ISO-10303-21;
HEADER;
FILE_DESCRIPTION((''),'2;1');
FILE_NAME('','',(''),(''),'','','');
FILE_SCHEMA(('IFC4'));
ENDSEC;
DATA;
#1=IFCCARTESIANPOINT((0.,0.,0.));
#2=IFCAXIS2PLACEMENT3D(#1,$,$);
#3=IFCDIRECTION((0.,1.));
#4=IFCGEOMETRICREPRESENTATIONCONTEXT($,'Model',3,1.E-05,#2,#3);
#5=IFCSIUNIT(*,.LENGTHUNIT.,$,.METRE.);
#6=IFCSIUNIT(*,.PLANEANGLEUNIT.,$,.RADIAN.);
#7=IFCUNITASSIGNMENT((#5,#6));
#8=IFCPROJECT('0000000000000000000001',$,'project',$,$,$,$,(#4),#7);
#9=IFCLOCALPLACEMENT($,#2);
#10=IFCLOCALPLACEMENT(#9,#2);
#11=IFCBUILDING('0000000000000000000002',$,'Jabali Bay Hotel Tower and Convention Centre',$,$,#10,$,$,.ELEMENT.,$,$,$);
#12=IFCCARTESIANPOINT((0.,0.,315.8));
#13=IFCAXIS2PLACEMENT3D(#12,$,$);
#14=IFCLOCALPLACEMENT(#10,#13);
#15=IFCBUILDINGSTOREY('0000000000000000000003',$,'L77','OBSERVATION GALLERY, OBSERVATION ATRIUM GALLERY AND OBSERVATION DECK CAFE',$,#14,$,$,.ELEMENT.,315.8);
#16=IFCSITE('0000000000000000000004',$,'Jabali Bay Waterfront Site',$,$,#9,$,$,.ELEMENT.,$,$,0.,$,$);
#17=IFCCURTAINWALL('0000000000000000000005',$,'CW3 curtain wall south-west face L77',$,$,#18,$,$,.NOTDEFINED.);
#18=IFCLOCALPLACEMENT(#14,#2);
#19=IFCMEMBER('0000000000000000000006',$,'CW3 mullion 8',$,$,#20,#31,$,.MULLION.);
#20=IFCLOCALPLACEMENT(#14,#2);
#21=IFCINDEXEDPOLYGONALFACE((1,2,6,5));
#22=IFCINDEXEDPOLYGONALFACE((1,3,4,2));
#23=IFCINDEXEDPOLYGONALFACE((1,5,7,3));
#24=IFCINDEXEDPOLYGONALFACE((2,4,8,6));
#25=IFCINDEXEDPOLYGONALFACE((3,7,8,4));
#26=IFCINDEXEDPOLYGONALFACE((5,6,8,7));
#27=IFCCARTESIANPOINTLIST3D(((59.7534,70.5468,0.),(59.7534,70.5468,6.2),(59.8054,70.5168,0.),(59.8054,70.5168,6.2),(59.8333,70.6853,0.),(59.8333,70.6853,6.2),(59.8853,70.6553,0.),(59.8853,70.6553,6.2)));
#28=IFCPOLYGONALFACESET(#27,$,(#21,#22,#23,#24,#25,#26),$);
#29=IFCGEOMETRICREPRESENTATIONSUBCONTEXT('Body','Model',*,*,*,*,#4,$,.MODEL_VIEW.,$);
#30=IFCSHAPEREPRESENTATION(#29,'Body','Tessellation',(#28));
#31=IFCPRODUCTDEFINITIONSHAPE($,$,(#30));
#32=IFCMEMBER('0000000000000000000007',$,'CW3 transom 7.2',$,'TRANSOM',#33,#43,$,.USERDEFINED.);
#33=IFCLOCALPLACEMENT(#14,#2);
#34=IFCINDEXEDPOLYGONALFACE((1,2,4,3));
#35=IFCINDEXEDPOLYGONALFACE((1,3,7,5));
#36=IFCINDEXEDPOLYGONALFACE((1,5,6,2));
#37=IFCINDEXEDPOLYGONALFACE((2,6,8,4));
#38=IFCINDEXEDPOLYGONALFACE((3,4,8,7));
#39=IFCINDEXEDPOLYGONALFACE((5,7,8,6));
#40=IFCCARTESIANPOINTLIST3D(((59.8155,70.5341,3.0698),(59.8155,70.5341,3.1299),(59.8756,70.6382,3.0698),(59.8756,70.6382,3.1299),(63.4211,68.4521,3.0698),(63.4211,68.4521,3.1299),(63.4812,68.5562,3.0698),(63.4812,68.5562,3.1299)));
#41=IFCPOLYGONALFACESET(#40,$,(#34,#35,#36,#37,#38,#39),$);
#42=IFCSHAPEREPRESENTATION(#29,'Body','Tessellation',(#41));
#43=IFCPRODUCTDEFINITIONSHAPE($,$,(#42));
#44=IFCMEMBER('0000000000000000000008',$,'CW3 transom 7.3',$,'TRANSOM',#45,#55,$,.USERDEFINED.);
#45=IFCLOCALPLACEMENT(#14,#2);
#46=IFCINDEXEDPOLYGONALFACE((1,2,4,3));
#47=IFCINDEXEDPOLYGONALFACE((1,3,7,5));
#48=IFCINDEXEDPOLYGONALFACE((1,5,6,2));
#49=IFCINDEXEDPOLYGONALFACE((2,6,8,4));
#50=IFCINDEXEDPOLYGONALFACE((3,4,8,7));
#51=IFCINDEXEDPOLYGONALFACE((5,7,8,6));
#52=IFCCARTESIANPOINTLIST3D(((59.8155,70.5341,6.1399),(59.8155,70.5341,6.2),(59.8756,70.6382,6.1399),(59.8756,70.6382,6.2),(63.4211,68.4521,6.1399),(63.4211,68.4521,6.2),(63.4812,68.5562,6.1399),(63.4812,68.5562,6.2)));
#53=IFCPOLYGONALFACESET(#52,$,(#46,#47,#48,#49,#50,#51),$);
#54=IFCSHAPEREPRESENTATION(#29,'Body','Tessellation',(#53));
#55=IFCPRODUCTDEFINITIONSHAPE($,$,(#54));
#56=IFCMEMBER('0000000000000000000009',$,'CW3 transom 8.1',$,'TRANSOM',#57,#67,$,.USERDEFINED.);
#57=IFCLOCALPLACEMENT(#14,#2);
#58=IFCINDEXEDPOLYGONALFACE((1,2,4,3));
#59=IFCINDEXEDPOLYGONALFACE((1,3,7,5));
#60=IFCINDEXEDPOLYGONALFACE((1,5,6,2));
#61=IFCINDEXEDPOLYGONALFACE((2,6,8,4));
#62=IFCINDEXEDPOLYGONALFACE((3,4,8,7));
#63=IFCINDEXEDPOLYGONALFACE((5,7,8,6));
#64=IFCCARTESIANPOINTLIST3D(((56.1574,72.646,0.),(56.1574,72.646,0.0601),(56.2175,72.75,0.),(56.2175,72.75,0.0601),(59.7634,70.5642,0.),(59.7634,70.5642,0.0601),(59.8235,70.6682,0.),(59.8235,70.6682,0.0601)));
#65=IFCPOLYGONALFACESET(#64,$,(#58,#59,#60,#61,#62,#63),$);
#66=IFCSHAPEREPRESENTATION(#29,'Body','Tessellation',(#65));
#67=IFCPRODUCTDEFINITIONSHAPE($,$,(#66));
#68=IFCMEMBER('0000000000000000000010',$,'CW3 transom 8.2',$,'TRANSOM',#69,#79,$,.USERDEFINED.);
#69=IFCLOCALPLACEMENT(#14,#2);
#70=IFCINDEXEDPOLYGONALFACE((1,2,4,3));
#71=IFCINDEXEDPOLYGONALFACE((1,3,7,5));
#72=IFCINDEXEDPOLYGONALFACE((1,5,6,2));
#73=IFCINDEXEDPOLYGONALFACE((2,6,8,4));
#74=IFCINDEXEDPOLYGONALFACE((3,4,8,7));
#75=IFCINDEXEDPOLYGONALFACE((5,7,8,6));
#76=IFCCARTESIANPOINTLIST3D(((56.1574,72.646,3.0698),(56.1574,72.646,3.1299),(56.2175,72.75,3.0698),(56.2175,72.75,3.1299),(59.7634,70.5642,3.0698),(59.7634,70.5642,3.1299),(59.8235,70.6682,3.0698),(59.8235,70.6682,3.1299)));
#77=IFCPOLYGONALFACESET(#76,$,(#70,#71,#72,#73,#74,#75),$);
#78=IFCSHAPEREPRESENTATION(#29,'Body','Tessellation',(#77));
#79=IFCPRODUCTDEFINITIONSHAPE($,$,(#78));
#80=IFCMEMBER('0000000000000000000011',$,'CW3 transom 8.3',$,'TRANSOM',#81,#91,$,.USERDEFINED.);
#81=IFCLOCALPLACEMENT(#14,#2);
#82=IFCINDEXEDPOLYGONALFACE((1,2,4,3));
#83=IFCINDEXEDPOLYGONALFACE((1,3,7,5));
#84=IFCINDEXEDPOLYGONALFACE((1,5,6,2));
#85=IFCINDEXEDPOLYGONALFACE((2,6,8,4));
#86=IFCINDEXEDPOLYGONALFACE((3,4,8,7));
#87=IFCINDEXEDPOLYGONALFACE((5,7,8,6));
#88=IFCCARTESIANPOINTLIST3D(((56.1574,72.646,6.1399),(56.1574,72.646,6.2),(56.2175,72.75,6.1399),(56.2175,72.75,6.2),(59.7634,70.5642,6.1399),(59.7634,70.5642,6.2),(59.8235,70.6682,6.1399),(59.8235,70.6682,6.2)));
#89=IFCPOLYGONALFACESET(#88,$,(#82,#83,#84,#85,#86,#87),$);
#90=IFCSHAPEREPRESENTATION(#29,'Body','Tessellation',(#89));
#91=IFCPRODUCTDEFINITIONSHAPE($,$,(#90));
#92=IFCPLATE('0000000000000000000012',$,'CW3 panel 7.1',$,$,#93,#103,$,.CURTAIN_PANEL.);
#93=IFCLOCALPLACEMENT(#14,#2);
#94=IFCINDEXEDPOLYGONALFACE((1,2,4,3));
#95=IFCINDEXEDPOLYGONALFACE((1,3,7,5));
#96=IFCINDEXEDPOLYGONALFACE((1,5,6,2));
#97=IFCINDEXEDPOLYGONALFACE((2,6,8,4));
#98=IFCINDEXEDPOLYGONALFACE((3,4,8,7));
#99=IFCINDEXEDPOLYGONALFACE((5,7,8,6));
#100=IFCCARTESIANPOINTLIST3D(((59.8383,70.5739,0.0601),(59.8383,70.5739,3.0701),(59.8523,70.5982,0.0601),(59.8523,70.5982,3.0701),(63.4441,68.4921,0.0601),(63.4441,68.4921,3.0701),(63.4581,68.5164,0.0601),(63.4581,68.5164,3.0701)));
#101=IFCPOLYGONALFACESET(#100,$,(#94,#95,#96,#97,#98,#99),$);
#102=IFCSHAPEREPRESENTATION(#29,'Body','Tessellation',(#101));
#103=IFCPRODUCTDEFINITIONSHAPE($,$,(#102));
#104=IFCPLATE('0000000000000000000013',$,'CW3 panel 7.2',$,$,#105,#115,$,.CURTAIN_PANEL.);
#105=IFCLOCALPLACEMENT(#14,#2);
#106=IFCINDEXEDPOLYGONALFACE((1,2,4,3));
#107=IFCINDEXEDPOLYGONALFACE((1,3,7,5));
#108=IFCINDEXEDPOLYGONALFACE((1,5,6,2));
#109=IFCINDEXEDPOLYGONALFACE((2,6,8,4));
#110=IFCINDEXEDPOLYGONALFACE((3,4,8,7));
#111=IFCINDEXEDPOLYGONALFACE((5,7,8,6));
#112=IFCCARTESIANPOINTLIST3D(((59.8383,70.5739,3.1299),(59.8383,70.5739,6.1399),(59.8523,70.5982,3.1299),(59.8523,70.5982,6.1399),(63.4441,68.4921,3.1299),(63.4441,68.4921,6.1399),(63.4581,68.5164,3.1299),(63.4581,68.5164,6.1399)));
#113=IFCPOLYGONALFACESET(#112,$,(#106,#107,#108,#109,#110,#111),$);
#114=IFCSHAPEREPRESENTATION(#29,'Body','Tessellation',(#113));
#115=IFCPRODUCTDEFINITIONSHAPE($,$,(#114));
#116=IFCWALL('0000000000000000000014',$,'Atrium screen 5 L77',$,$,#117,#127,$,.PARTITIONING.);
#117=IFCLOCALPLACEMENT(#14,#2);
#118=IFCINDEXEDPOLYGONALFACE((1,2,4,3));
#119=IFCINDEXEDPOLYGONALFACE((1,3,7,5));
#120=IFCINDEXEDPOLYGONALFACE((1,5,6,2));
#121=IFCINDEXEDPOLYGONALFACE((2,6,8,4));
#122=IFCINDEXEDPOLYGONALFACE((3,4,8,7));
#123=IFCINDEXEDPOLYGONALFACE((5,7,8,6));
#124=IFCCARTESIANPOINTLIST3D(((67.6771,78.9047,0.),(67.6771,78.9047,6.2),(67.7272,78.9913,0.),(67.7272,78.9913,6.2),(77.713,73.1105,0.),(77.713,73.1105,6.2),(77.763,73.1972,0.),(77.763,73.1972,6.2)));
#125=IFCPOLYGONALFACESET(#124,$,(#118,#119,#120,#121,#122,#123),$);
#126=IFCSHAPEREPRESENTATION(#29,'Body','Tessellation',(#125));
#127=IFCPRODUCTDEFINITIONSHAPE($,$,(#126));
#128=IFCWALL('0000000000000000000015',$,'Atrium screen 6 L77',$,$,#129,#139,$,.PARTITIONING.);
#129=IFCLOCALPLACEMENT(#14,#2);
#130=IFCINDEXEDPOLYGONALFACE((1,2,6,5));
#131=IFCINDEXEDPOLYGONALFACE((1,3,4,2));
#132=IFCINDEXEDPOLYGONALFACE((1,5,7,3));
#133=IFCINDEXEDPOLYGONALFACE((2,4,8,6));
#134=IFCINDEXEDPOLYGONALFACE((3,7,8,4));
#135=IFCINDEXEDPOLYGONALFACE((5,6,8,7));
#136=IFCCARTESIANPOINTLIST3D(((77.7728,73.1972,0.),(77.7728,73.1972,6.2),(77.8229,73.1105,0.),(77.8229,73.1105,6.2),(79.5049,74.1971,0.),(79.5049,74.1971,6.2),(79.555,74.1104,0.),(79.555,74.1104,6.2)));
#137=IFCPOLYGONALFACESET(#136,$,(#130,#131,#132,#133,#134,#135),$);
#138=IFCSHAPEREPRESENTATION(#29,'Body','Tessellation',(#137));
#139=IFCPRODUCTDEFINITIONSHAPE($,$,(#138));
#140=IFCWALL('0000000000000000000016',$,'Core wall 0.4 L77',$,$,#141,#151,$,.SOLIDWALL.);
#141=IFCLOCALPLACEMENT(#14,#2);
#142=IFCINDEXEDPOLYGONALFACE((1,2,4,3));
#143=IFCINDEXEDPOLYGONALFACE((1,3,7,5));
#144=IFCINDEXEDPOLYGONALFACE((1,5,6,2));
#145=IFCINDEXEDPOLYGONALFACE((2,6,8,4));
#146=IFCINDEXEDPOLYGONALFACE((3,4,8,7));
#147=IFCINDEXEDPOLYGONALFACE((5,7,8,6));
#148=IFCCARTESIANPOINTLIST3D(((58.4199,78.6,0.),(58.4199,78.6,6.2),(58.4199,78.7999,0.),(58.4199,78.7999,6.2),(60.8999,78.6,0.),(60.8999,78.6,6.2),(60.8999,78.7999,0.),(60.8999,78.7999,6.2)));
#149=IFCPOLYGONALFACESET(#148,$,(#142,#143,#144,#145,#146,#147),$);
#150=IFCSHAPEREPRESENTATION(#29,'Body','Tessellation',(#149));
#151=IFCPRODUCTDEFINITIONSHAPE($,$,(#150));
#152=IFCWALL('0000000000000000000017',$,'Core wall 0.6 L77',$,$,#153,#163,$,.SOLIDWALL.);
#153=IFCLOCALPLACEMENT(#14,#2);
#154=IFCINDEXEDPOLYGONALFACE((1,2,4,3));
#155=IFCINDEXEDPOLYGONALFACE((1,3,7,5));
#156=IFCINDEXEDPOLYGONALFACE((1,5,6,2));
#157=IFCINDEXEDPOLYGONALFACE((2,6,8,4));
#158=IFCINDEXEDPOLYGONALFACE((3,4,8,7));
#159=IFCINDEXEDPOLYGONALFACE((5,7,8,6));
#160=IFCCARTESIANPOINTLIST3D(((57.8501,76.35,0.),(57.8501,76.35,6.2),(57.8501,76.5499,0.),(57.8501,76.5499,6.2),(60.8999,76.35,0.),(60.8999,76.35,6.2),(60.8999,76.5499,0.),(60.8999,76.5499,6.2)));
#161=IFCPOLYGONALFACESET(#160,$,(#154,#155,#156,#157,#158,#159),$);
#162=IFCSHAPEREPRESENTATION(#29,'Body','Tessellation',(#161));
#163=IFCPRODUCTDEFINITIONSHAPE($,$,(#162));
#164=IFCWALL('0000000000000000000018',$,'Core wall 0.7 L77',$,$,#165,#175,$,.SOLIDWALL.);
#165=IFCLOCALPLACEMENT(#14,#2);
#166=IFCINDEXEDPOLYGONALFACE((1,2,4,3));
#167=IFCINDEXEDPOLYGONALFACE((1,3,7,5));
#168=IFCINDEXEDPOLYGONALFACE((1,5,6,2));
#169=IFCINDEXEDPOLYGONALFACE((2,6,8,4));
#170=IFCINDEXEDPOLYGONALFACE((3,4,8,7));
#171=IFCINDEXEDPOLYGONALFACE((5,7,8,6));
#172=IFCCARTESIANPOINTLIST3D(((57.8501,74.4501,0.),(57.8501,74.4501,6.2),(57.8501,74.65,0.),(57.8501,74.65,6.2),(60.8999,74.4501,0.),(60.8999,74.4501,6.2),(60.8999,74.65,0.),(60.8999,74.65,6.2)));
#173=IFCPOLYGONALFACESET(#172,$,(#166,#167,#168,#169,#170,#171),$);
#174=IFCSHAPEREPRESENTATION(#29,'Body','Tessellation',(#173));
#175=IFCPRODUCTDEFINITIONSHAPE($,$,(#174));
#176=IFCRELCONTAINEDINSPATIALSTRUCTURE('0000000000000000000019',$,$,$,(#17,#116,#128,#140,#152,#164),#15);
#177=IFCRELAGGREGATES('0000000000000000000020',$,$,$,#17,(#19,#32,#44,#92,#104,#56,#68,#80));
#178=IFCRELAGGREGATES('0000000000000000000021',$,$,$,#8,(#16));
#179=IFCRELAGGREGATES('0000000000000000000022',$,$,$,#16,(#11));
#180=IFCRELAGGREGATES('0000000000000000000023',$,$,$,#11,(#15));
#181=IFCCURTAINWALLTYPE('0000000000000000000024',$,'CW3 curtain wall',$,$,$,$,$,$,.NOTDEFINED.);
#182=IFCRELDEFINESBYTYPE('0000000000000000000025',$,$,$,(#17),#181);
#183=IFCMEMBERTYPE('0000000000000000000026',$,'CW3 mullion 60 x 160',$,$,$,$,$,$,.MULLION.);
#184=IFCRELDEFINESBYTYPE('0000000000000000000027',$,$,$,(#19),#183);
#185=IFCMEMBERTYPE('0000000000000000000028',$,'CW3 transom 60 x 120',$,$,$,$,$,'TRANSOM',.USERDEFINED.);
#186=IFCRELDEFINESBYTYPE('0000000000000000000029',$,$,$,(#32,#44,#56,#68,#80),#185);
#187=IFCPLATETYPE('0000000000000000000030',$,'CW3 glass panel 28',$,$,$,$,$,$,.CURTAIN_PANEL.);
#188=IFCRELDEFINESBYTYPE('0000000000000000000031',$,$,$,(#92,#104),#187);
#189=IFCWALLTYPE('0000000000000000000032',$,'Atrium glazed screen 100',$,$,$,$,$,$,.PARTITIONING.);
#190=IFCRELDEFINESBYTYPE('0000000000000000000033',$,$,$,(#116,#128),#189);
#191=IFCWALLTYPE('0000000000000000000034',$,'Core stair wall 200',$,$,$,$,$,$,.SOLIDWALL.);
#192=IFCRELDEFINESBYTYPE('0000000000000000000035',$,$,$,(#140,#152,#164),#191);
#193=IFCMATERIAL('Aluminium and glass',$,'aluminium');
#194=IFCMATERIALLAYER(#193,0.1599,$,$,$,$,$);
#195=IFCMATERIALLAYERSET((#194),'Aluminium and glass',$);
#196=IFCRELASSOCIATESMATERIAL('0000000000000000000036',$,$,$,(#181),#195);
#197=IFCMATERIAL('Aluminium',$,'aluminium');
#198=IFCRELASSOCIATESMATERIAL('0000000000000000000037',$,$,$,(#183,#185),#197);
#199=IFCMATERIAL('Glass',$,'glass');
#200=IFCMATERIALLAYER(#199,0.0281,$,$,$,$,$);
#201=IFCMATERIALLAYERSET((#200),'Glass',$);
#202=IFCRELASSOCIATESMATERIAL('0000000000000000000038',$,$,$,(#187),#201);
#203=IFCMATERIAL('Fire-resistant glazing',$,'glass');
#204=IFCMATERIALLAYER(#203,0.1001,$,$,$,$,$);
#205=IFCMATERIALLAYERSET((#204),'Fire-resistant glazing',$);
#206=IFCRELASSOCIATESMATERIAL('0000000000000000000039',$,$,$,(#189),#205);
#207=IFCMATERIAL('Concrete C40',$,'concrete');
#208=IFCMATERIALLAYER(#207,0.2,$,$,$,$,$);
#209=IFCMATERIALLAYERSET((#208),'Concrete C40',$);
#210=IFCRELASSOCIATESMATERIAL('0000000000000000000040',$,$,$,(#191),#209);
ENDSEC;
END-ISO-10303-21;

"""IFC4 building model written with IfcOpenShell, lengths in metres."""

from ifc_helpers import new_model, si_unit, direction, frame, frame_2d, origin, origin_2d, place, context, subcontext, project, spatial, rectangle, extrude, material, layer, layer_set, material_profile, profile_set, type_object, element, aggregate, save


model = new_model("IFC4")

# Units and contexts
model_context = context("Model", 3, precision=1e-05, world=origin(), true_north=direction((0.0, 1.0)))
body_context = subcontext(model_context, "Body", "Model", "MODEL_VIEW")
ifc_project = project(units=[si_unit("LENGTHUNIT", "METRE"), si_unit("PLANEANGLEUNIT", "RADIAN")], contexts=[model_context])

# Site, building, storey
site_placement = place(None, origin())
site = spatial("IfcSite", under=ifc_project, at=site_placement, Name="Jabali Bay Waterfront Site", CompositionType="ELEMENT", RefElevation=0.0)
building_placement = place(site_placement, origin())
building = spatial("IfcBuilding", under=site, at=building_placement, Name="Jabali Bay Hotel Tower and Convention Centre", CompositionType="ELEMENT")
storey_placement = place(building_placement, frame((0.0, 0.0, 315.8)))
storey = spatial("IfcBuildingStorey", under=building, at=storey_placement, Name="L77", Description="OBSERVATION GALLERY, OBSERVATION ATRIUM GALLERY AND OBSERVATION DECK CAFE", CompositionType="ELEMENT", Elevation=315.8)

# Curtain wall, members, plates
ifc_material_1 = material(Name="Aluminium and glass", Category="aluminium")
ifc_layer_1 = layer(ifc_material_1, 0.1599)
ifc_layer_set_1 = layer_set([ifc_layer_1], Name="Aluminium and glass")
curtain_wall_type = type_object("IfcCurtainWallType", Name="CW3 curtain wall", PredefinedType="NOTDEFINED", material=ifc_layer_set_1)
curtain_wall_placement = place(storey_placement, origin())
curtain_wall = element("IfcCurtainWall", 1, at=curtain_wall_placement, inside=storey, type_object=curtain_wall_type, Name="CW3 curtain wall south-west face L77", PredefinedType="NOTDEFINED")
ifc_material_2 = material(Name="Aluminium", Category="aluminium")
ifc_material_profile_1 = material_profile(ifc_material_2, rectangle(XDim=0.1599, YDim=0.0601, at=origin_2d()), Name="CW3 mullion 60 x 160")
ifc_profile_set_1 = profile_set([ifc_material_profile_1], Name="Aluminium")
member_type_1 = type_object("IfcMemberType", Name="CW3 mullion 60 x 160", PredefinedType="MULLION", material=ifc_profile_set_1)
member_1_placement = place(storey_placement, frame((59.8193, 70.6011, 0.0), z_axis=(0.0, 0.0, 1.0), x_axis=(-0.5, -0.866025, 0.0)))
member_1 = element("IfcMember", 2, at=member_1_placement, type_object=member_type_1, Name="CW3 mullion 8", PredefinedType="MULLION", context=body_context, shape_type="SweptSolid", body=[
    extrude(rectangle(XDim=0.1599, YDim=0.0601, at=origin_2d()), origin(), (0.0, 0.0, 1.0), 6.2),
])
ifc_material_profile_2 = material_profile(ifc_material_2, rectangle(XDim=0.1201, YDim=0.0601, at=origin_2d()), Name="CW3 transom 60 x 120")
ifc_profile_set_2 = profile_set([ifc_material_profile_2], Name="Aluminium")
member_type_2 = type_object("IfcMemberType", Name="CW3 transom 60 x 120", ElementType="TRANSOM", PredefinedType="USERDEFINED", material=ifc_profile_set_2)
member_2_placement = place(storey_placement, frame((63.4512, 68.5042, 3.0999), z_axis=(-0.865997, 0.500049, 0.0), x_axis=(-0.500049, -0.865997, 0.0)))
member_2 = element("IfcMember", 3, at=member_2_placement, type_object=member_type_2, Name="CW3 transom 7.2", ObjectType="TRANSOM", PredefinedType="USERDEFINED", context=body_context, shape_type="SweptSolid", body=[
    extrude(rectangle(XDim=0.1201, YDim=0.0601, at=origin_2d()), origin(), (0.0, 0.0, 1.0), 4.1636),
])
member_3_placement = place(storey_placement, frame((63.4512, 68.5042, 6.1699), z_axis=(-0.865997, 0.500049, 0.0), x_axis=(-0.500049, -0.865997, 0.0)))
member_3 = element("IfcMember", 4, at=member_3_placement, type_object=member_type_2, Name="CW3 transom 7.3", ObjectType="TRANSOM", PredefinedType="USERDEFINED", context=body_context, shape_type="SweptSolid", body=[
    extrude(rectangle(XDim=0.1201, YDim=0.0601, at=origin_2d()), origin(), (0.0, 0.0, 1.0), 4.1636),
])
member_4_placement = place(storey_placement, frame((59.7935, 70.6162, 0.03), z_axis=(-0.866037, 0.49998, 0.0), x_axis=(-0.49998, -0.866037, 0.0)))
member_4 = element("IfcMember", 5, at=member_4_placement, type_object=member_type_2, Name="CW3 transom 8.1", ObjectType="TRANSOM", PredefinedType="USERDEFINED", context=body_context, shape_type="SweptSolid", body=[
    extrude(rectangle(XDim=0.1201, YDim=0.0601, at=origin_2d()), origin(), (0.0, 0.0, 1.0), 4.1638),
])
member_5_placement = place(storey_placement, frame((59.7935, 70.6162, 3.0999), z_axis=(-0.866037, 0.49998, 0.0), x_axis=(-0.49998, -0.866037, 0.0)))
member_5 = element("IfcMember", 6, at=member_5_placement, type_object=member_type_2, Name="CW3 transom 8.2", ObjectType="TRANSOM", PredefinedType="USERDEFINED", context=body_context, shape_type="SweptSolid", body=[
    extrude(rectangle(XDim=0.1201, YDim=0.0601, at=origin_2d()), origin(), (0.0, 0.0, 1.0), 4.1638),
])
member_6_placement = place(storey_placement, frame((59.7935, 70.6162, 6.1699), z_axis=(-0.866037, 0.49998, 0.0), x_axis=(-0.49998, -0.866037, 0.0)))
member_6 = element("IfcMember", 7, at=member_6_placement, type_object=member_type_2, Name="CW3 transom 8.3", ObjectType="TRANSOM", PredefinedType="USERDEFINED", context=body_context, shape_type="SweptSolid", body=[
    extrude(rectangle(XDim=0.1201, YDim=0.0601, at=origin_2d()), origin(), (0.0, 0.0, 1.0), 4.1638),
])
ifc_material_3 = material(Name="Glass", Category="glass")
ifc_layer_2 = layer(ifc_material_3, 0.0281)
ifc_layer_set_2 = layer_set([ifc_layer_2], Name="Glass")
plate_type = type_object("IfcPlateType", Name="CW3 glass panel 28", PredefinedType="CURTAIN_PANEL", material=ifc_layer_set_2)
plate_1_placement = place(storey_placement, frame((61.6482, 69.5452, 0.0601), z_axis=(0.0, 0.0, 1.0), x_axis=(-0.866025, 0.5, 0.0)))
plate_1 = element("IfcPlate", 8, at=plate_1_placement, type_object=plate_type, Name="CW3 panel 7.1", PredefinedType="CURTAIN_PANEL", context=body_context, shape_type="SweptSolid", body=[
    extrude(rectangle(XDim=4.1636, YDim=0.0281, at=origin_2d()), origin(), (0.0, 0.0, 1.0), 3.01),
])
plate_2_placement = place(storey_placement, frame((61.6482, 69.5452, 3.1299), z_axis=(0.0, 0.0, 1.0), x_axis=(-0.866025, 0.5, 0.0)))
plate_2 = element("IfcPlate", 9, at=plate_2_placement, type_object=plate_type, Name="CW3 panel 7.2", PredefinedType="CURTAIN_PANEL", context=body_context, shape_type="SweptSolid", body=[
    extrude(rectangle(XDim=4.1636, YDim=0.0281, at=origin_2d()), origin(), (0.0, 0.0, 1.0), 3.01),
])
aggregate(curtain_wall, [member_1, member_2, member_3, plate_1, plate_2, member_4, member_5, member_6])

# Walls
ifc_material_4 = material(Name="Fire-resistant glazing", Category="glass")
ifc_layer_3 = layer(ifc_material_4, 0.1001)
ifc_layer_set_3 = layer_set([ifc_layer_3], Name="Fire-resistant glazing")
wall_type_1 = type_object("IfcWallType", Name="Atrium glazed screen 100", PredefinedType="PARTITIONING", material=ifc_layer_set_3)
wall_1_placement = place(storey_placement, frame((67.7021, 78.948, 0.0), z_axis=(0.0, 0.0, 1.0), x_axis=(0.866027, -0.499998, 0.0)))
element("IfcWall", 10, at=wall_1_placement, inside=storey, type_object=wall_type_1, Name="Atrium screen 5 L77", PredefinedType="PARTITIONING", context=body_context, shape_type="SweptSolid", body=[
    extrude(rectangle(XDim=11.5884, YDim=0.1001, at=frame_2d((5.7942, 0.0))), origin(), (0.0, 0.0, 1.0), 6.2),
])
wall_2_placement = place(storey_placement, frame((77.7979, 73.1538, 0.0), z_axis=(0.0, 0.0, 1.0), x_axis=(0.866041, 0.499973, 0.0)))
element("IfcWall", 11, at=wall_2_placement, inside=storey, type_object=wall_type_1, Name="Atrium screen 6 L77", PredefinedType="PARTITIONING", context=body_context, shape_type="SweptSolid", body=[
    extrude(rectangle(XDim=2.0, YDim=0.1001, at=frame_2d((1.0, 0.0))), origin(), (0.0, 0.0, 1.0), 6.2),
])
ifc_material_5 = material(Name="Concrete C40", Category="concrete")
ifc_layer_4 = layer(ifc_material_5, 0.2)
ifc_layer_set_4 = layer_set([ifc_layer_4], Name="Concrete C40")
wall_type_2 = type_object("IfcWallType", Name="Core stair wall 200", PredefinedType="SOLIDWALL", material=ifc_layer_set_4)
wall_3_placement = place(storey_placement, frame((60.8999, 78.7, 0.0), z_axis=(0.0, 0.0, 1.0), x_axis=(-1.0, 0.0, 0.0)))
element("IfcWall", 12, at=wall_3_placement, inside=storey, type_object=wall_type_2, Name="Core wall 0.4 L77", PredefinedType="SOLIDWALL", context=body_context, shape_type="SweptSolid", body=[
    extrude(rectangle(XDim=2.48, YDim=0.2, at=frame_2d((1.24, 0.0))), origin(), (0.0, 0.0, 1.0), 6.2),
])
for number, where, z_axis, x_axis, name in (
    (13, (60.8999, 76.45, 0.0), (0.0, 0.0, 1.0), (-1.0, 0.0, 0.0), "Core wall 0.6 L77"),
    (14, (60.8999, 74.55, 0.0), (0.0, 0.0, 1.0), (-1.0, 0.0, 0.0), "Core wall 0.7 L77"),
):
    element("IfcWall", number, at=place(storey_placement, frame(where, z_axis=z_axis, x_axis=x_axis)), inside=storey, type_object=wall_type_2, Name=name, PredefinedType="SOLIDWALL", context=body_context, shape_type="SweptSolid", body=[
        extrude(rectangle(XDim=3.0498, YDim=0.2, at=frame_2d((1.5249, 0.0))), origin(), (0.0, 0.0, 1.0), 6.2),
    ])

save(model, "model.ifc")
